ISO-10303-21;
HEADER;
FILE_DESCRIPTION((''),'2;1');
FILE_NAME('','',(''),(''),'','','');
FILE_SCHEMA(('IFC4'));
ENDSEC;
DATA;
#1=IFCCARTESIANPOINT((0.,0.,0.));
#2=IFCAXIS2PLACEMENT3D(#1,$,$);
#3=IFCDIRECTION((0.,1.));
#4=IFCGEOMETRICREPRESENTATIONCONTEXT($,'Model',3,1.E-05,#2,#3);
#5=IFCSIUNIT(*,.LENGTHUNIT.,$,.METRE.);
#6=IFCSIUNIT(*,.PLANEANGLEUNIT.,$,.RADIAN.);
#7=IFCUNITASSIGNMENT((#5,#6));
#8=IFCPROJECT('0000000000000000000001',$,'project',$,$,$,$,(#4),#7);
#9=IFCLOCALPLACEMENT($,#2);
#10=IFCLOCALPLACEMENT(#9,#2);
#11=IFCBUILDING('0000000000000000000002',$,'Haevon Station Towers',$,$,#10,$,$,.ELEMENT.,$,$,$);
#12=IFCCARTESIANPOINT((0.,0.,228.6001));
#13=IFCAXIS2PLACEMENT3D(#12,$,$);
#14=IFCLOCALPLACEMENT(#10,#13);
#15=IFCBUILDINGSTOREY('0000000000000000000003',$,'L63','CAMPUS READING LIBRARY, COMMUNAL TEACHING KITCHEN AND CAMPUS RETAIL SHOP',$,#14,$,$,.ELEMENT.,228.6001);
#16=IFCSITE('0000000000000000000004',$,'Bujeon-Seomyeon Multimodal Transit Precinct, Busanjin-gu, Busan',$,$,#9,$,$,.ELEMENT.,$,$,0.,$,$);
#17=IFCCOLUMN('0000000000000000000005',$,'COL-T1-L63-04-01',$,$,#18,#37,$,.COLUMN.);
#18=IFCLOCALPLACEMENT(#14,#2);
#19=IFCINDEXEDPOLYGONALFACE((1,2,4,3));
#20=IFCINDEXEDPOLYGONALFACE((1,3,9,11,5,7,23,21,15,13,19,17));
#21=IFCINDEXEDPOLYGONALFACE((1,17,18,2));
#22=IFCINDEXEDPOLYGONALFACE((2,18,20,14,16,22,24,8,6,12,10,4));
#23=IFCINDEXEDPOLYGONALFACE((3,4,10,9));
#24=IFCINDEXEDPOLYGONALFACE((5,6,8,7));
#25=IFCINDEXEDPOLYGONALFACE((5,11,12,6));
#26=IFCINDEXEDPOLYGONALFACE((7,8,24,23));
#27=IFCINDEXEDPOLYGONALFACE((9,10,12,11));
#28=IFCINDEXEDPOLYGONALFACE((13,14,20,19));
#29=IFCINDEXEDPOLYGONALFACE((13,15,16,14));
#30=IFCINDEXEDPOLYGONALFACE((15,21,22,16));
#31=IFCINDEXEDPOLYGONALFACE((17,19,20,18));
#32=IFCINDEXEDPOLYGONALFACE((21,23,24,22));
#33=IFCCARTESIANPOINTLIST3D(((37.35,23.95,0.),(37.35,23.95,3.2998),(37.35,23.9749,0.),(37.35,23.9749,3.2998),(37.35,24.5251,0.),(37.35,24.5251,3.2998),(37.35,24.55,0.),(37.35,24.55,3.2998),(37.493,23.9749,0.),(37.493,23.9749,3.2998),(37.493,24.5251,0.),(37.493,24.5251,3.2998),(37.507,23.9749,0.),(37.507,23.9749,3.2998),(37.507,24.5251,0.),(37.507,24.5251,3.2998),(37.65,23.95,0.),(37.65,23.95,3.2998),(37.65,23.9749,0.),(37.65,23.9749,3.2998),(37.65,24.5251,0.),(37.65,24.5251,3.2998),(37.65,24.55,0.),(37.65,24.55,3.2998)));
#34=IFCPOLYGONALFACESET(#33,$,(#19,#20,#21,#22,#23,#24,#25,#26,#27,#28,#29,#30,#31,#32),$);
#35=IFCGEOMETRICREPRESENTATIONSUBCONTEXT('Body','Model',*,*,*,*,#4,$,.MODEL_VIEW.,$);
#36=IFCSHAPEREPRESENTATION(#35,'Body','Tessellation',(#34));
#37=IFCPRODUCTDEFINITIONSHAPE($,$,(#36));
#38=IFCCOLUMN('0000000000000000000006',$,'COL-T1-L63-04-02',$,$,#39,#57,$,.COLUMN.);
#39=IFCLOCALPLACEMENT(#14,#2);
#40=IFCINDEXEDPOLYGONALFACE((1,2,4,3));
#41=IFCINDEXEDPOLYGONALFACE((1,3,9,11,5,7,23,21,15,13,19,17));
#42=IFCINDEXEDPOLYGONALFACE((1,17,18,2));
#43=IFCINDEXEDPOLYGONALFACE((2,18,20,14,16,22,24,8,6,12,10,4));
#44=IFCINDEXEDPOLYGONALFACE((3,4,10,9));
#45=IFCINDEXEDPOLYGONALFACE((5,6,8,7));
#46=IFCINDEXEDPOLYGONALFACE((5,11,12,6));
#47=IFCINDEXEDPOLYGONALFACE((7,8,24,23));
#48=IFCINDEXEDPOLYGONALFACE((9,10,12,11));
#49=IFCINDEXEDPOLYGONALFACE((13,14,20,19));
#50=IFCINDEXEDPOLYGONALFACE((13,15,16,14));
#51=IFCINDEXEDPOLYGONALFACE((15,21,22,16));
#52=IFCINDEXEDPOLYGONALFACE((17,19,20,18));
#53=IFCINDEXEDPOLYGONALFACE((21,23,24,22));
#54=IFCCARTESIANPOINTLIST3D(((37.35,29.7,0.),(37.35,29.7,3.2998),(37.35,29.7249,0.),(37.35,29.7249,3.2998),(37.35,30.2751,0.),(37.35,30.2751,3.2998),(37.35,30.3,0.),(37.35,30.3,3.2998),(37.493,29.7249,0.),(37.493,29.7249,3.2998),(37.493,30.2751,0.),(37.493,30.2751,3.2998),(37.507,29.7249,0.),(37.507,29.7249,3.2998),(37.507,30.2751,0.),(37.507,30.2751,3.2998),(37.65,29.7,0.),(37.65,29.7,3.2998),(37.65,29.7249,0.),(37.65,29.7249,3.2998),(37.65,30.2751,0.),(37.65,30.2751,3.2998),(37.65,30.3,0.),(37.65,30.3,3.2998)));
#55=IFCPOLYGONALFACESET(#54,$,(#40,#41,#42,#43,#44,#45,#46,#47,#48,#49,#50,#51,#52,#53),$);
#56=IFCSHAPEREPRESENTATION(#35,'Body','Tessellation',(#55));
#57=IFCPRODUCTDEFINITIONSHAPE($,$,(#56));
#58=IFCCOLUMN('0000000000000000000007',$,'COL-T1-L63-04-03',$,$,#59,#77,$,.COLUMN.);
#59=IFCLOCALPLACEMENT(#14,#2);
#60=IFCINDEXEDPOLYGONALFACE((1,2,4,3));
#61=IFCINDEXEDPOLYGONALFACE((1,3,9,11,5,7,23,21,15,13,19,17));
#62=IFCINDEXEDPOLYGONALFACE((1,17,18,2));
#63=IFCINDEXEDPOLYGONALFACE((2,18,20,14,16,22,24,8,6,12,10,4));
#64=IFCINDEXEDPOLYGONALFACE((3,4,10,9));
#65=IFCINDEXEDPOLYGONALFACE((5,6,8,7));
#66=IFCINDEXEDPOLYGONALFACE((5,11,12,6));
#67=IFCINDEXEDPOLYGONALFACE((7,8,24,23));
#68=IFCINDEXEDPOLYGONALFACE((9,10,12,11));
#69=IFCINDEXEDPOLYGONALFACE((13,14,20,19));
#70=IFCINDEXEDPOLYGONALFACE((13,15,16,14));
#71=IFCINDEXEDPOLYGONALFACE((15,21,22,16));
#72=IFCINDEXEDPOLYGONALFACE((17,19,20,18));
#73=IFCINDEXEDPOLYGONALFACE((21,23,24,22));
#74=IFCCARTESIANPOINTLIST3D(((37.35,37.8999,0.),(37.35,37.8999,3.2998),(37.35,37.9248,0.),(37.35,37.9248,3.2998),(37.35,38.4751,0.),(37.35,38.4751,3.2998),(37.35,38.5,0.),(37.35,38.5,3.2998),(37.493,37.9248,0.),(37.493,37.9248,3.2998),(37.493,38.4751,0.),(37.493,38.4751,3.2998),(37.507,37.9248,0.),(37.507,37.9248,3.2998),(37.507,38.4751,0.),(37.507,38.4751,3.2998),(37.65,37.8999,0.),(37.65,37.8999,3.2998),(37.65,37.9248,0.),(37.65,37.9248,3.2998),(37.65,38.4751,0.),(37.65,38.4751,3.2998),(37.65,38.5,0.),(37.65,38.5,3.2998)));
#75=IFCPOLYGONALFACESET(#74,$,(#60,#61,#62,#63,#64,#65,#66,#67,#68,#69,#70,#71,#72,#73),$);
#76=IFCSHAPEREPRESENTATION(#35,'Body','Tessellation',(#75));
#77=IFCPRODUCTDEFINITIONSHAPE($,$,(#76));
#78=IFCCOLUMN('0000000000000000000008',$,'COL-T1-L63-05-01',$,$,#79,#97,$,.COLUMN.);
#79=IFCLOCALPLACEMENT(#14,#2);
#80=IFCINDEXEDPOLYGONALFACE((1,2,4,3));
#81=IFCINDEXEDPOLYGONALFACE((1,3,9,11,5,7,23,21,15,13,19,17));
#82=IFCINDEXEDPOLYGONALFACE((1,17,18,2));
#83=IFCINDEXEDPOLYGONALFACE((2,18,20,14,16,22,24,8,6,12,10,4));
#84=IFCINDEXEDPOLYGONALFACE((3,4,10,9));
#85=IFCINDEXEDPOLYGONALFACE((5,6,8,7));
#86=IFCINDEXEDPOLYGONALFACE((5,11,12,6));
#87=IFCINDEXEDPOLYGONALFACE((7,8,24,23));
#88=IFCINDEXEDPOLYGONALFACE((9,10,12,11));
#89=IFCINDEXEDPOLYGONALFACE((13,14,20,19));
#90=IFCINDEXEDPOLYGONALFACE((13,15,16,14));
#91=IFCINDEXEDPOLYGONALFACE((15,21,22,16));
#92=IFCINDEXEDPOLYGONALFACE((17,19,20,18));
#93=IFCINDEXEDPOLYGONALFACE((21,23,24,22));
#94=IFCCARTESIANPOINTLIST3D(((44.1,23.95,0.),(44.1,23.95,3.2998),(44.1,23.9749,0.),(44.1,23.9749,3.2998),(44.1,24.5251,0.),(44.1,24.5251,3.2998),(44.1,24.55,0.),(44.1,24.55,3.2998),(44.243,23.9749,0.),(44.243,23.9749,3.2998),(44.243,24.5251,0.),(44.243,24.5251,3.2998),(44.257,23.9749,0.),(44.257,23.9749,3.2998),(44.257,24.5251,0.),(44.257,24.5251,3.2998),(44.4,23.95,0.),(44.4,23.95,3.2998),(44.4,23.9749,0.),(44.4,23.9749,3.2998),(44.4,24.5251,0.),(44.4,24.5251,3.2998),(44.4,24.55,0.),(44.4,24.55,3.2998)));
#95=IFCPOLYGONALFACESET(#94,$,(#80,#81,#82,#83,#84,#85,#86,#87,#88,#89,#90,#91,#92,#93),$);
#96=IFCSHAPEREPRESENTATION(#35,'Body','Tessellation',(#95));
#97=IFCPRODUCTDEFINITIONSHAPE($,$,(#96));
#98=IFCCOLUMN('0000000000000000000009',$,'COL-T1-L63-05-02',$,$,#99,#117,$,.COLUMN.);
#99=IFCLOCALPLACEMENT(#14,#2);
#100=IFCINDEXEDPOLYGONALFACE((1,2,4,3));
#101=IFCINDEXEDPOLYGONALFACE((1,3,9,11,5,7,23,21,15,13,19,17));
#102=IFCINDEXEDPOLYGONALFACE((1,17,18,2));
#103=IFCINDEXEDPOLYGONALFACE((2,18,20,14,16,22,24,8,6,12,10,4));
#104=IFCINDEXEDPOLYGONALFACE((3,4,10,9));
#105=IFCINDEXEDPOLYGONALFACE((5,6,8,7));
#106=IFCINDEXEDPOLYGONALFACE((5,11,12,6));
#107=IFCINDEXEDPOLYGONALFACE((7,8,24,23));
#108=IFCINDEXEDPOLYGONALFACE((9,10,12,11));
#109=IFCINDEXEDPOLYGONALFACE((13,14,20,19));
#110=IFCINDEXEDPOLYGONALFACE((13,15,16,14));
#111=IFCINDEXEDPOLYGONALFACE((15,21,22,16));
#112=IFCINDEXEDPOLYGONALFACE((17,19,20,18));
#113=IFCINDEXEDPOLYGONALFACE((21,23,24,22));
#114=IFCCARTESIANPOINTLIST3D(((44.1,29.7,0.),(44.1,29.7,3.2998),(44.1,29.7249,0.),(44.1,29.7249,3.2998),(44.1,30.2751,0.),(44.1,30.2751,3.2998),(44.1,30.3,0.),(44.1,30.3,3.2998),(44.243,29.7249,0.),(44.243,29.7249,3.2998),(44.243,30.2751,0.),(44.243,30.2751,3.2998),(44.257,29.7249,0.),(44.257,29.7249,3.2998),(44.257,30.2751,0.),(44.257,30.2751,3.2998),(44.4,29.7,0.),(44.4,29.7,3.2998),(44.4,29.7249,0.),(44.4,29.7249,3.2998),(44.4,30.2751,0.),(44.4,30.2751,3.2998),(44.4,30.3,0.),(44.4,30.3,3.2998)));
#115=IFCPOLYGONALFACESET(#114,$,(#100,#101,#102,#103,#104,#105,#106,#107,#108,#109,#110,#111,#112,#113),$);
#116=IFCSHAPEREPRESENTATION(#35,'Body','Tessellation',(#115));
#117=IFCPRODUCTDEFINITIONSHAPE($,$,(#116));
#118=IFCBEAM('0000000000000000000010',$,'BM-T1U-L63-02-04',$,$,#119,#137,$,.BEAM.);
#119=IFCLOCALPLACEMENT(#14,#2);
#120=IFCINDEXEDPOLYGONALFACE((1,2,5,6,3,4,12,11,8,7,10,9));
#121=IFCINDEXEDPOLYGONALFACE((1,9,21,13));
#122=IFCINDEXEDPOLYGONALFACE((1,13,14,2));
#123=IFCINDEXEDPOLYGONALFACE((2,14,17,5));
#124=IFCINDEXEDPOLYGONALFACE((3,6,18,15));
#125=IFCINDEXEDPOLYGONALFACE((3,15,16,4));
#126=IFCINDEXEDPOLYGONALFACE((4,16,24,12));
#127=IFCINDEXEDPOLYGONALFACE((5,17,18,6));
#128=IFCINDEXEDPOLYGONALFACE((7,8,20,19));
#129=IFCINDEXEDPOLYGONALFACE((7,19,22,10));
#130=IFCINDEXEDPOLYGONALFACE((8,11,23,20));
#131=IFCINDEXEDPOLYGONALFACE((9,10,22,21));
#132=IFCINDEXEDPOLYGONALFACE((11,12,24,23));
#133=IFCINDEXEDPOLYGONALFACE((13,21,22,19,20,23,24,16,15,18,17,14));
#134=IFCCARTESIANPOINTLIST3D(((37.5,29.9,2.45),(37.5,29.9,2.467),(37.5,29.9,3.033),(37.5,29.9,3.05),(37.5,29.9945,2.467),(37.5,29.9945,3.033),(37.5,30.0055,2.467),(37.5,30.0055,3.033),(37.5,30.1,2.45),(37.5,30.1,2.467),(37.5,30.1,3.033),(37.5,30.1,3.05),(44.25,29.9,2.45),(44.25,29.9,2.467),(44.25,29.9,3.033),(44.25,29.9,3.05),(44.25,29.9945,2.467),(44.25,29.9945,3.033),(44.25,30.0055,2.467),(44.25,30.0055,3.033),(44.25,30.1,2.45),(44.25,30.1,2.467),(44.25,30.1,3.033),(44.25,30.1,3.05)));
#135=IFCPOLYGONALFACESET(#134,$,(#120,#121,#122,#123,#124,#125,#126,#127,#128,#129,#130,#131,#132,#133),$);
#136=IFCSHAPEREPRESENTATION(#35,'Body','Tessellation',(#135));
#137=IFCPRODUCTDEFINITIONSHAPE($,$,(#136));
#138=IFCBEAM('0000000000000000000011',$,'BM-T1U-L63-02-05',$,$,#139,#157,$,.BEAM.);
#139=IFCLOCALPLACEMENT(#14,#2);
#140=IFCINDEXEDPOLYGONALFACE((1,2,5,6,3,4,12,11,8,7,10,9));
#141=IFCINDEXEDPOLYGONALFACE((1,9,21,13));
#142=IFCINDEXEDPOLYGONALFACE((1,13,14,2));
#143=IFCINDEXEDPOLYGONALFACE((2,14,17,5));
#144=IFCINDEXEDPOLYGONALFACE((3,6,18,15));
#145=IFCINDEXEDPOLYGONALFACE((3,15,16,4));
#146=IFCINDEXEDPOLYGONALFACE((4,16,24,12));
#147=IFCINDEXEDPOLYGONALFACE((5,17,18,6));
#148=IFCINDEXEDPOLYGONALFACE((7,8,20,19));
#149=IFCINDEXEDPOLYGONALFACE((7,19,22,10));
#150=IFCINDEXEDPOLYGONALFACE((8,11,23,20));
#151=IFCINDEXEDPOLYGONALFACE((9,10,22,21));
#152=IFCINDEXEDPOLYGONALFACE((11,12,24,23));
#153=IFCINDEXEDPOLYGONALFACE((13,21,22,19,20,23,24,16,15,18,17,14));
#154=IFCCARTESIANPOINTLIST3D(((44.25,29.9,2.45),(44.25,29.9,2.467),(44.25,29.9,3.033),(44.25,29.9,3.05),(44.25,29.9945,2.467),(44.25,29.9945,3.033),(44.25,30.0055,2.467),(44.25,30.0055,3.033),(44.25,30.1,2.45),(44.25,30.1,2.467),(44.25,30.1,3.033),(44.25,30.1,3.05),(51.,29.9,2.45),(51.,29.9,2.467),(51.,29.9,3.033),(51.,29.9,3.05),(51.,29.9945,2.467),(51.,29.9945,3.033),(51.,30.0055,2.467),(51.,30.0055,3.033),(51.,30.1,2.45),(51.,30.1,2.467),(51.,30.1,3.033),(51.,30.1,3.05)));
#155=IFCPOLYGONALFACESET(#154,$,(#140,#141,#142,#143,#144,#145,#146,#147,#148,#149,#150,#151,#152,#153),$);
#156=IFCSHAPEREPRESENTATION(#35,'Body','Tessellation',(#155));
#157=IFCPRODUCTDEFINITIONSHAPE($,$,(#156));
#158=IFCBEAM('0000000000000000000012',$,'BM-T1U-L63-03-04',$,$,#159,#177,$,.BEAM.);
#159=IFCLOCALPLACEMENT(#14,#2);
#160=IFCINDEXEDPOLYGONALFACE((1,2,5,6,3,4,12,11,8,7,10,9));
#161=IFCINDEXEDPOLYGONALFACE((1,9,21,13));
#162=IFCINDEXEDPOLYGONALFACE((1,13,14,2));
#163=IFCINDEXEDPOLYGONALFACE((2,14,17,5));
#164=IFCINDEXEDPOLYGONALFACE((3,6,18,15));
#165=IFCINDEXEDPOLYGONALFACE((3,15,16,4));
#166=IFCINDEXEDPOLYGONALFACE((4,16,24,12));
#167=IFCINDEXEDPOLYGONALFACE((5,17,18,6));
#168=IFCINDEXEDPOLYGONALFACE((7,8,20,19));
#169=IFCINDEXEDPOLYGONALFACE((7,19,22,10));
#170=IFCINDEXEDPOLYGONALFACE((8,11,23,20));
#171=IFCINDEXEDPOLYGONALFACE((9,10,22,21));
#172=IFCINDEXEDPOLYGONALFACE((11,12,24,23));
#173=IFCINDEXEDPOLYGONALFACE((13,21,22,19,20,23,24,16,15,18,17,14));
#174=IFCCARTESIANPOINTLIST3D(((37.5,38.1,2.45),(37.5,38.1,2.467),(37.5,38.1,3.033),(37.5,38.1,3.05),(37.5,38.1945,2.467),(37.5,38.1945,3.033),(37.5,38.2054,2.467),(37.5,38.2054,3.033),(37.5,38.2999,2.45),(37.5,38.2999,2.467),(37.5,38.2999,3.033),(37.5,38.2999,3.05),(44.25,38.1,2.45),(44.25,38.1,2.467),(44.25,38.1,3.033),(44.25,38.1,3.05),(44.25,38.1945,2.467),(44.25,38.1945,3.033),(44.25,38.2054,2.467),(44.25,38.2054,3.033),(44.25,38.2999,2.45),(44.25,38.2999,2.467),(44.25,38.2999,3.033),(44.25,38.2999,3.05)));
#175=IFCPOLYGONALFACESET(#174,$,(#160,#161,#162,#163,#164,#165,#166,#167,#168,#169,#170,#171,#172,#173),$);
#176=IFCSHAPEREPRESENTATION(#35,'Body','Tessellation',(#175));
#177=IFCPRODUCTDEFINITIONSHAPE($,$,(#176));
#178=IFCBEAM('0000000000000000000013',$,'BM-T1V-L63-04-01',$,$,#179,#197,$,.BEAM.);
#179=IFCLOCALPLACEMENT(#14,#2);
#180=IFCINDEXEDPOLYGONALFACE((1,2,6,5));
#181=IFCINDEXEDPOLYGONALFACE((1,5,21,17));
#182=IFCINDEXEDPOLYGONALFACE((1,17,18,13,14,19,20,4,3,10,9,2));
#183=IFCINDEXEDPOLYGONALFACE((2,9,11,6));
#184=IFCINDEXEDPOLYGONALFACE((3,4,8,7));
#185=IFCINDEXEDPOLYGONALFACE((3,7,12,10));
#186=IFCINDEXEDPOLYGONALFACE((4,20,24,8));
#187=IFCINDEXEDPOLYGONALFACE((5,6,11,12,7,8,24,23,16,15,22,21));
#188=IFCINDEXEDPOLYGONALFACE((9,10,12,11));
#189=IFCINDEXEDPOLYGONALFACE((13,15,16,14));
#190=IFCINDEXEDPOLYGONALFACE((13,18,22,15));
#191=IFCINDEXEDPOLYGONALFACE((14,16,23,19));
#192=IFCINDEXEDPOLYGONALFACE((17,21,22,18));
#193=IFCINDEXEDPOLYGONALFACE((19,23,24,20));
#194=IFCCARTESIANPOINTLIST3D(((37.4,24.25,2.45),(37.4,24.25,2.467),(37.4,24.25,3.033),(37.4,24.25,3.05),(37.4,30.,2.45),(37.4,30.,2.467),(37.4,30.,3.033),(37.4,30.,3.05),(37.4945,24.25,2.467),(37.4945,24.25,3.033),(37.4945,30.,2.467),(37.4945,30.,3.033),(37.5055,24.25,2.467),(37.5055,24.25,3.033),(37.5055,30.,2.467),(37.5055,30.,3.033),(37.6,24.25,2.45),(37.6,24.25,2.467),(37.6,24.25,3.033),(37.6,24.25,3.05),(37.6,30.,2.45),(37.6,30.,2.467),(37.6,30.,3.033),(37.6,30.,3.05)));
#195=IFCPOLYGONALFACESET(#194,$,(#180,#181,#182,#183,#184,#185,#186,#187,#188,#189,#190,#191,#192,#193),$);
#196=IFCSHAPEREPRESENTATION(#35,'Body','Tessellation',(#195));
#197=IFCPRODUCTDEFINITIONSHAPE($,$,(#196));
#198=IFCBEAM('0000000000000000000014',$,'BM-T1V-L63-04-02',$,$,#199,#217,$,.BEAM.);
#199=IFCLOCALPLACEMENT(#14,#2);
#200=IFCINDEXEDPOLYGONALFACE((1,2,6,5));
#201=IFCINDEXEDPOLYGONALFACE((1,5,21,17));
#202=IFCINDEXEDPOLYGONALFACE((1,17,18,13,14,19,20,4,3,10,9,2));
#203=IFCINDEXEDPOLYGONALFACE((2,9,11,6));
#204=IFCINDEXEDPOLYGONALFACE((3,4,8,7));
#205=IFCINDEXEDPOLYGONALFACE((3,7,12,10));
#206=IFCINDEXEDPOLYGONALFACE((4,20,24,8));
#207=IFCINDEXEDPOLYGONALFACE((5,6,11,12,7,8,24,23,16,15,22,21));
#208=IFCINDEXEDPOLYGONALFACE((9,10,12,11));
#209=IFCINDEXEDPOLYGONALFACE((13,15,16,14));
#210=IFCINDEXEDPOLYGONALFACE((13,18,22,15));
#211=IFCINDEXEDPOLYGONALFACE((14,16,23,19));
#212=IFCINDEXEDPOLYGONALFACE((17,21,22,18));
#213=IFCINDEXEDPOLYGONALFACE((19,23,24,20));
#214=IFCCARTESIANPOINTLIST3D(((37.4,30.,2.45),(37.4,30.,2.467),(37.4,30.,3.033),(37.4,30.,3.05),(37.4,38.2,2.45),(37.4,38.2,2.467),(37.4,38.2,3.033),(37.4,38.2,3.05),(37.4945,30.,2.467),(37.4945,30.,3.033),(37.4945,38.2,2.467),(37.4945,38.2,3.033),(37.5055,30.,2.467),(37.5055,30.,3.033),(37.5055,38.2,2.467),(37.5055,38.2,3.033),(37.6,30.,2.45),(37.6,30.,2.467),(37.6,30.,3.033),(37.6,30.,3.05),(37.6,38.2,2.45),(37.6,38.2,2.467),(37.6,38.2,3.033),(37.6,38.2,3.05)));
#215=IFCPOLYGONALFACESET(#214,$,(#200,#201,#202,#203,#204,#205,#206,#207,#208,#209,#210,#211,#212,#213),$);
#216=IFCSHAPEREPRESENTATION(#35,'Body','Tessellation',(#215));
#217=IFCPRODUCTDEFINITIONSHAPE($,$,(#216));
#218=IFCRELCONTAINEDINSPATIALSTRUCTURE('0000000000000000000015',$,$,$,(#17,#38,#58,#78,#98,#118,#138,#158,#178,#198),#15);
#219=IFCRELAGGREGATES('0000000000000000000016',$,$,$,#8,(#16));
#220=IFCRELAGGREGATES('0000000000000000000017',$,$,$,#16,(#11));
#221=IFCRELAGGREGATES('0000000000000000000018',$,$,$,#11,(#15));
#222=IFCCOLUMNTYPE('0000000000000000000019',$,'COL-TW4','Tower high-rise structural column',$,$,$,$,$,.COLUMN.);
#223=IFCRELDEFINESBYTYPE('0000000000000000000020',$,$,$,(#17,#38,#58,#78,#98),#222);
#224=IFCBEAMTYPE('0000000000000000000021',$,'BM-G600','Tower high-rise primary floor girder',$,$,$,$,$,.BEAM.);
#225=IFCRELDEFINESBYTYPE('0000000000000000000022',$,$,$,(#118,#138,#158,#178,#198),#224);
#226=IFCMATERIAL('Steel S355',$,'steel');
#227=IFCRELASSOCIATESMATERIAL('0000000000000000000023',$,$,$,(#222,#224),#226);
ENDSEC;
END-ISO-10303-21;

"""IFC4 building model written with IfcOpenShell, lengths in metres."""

from ifc_helpers import new_model, si_unit, direction, frame, origin, origin_2d, place, context, subcontext, project, spatial, i_section, extrude, material, material_profile, profile_set, type_object, element, save


model = new_model("IFC4")

# Units and contexts
model_context = context("Model", 3, precision=1e-05, world=origin(), true_north=direction((0.0, 1.0)))
body_context = subcontext(model_context, "Body", "Model", "MODEL_VIEW")
ifc_project = project(units=[si_unit("LENGTHUNIT", "METRE"), si_unit("PLANEANGLEUNIT", "RADIAN")], contexts=[model_context])

# Site, building, storey
site_placement = place(None, origin())
site = spatial("IfcSite", under=ifc_project, at=site_placement, Name="Bujeon-Seomyeon Multimodal Transit Precinct, Busanjin-gu, Busan", CompositionType="ELEMENT", RefElevation=0.0)
building_placement = place(site_placement, origin())
building = spatial("IfcBuilding", under=site, at=building_placement, Name="Haevon Station Towers", CompositionType="ELEMENT")
storey_placement = place(building_placement, frame((0.0, 0.0, 228.6001)))
storey = spatial("IfcBuildingStorey", under=building, at=storey_placement, Name="L63", Description="CAMPUS READING LIBRARY, COMMUNAL TEACHING KITCHEN AND CAMPUS RETAIL SHOP", CompositionType="ELEMENT", Elevation=228.6001)

# Columns
ifc_material_1 = material(Name="Steel S355", Category="steel")
ifc_material_profile_1 = material_profile(ifc_material_1, i_section(OverallWidth=0.3, OverallDepth=0.6001, WebThickness=0.0139, FlangeThickness=0.0249, at=origin_2d()), Name="H-600x300x14x25")
ifc_profile_set_1 = profile_set([ifc_material_profile_1], Name="Steel S355")
column_type = type_object("IfcColumnType", Name="COL-TW4", Description="Tower high-rise structural column", PredefinedType="COLUMN", material=ifc_profile_set_1)
for number, where, z_axis, x_axis, name in (
    (1, (37.5, 24.25, 0.0), (0.0, 0.0, 1.0), (1.0, 0.0, 0.0), "COL-T1-L63-04-01"),
    (2, (37.5, 30.0, 0.0), (0.0, 0.0, 1.0), (1.0, 0.0, 0.0), "COL-T1-L63-04-02"),
    (3, (37.5, 38.2, 0.0), (0.0, 0.0, 1.0), (1.0, 0.0, 0.0), "COL-T1-L63-04-03"),
    (4, (44.25, 24.25, 0.0), (0.0, 0.0, 1.0), (1.0, 0.0, 0.0), "COL-T1-L63-05-01"),
    (5, (44.25, 30.0, 0.0), (0.0, 0.0, 1.0), (1.0, 0.0, 0.0), "COL-T1-L63-05-02"),
):
    element("IfcColumn", number, at=place(storey_placement, frame(where, z_axis=z_axis, x_axis=x_axis)), inside=storey, type_object=column_type, Name=name, PredefinedType="COLUMN", context=body_context, shape_type="SweptSolid", body=[
        extrude(i_section(OverallWidth=0.3, OverallDepth=0.6001, WebThickness=0.0139, FlangeThickness=0.0249, at=origin_2d()), origin(), (0.0, 0.0, 1.0), 3.2998),
    ])

# Beams
ifc_material_profile_2 = material_profile(ifc_material_1, i_section(OverallWidth=0.2, OverallDepth=0.6001, WebThickness=0.011, FlangeThickness=0.0171, at=origin_2d()), Name="H-600x200x11x17")
ifc_profile_set_2 = profile_set([ifc_material_profile_2], Name="Steel S355")
beam_type_1 = type_object("IfcBeamType", Name="BM-G600", Description="Tower high-rise primary floor girder", PredefinedType="BEAM", material=ifc_profile_set_2)
for number, where, z_axis, x_axis, name in (
    (6, (37.5, 30.0, 2.75), (1.0, 0.0, 0.0), (0.0, 1.0, 0.0), "BM-T1U-L63-02-04"),
    (7, (44.25, 30.0, 2.75), (1.0, 0.0, 0.0), (0.0, 1.0, 0.0), "BM-T1U-L63-02-05"),
    (8, (37.5, 38.2, 2.75), (1.0, 0.0, 0.0), (0.0, 1.0, 0.0), "BM-T1U-L63-03-04"),
):
    element("IfcBeam", number, at=place(storey_placement, frame(where, z_axis=z_axis, x_axis=x_axis)), inside=storey, type_object=beam_type_1, Name=name, PredefinedType="BEAM", context=body_context, shape_type="SweptSolid", body=[
        extrude(i_section(OverallWidth=0.2, OverallDepth=0.6001, WebThickness=0.011, FlangeThickness=0.0171, at=origin_2d()), origin(), (0.0, 0.0, 1.0), 6.75),
    ])
beam_1_placement = place(storey_placement, frame((37.5, 24.25, 2.75), z_axis=(0.0, 1.0, 0.0), x_axis=(-1.0, 0.0, 0.0)))
element("IfcBeam", 9, at=beam_1_placement, inside=storey, type_object=beam_type_1, Name="BM-T1V-L63-04-01", PredefinedType="BEAM", context=body_context, shape_type="SweptSolid", body=[
    extrude(i_section(OverallWidth=0.2, OverallDepth=0.6001, WebThickness=0.011, FlangeThickness=0.0171, at=origin_2d()), origin(), (0.0, 0.0, 1.0), 5.75),
])
beam_2_placement = place(storey_placement, frame((37.5, 30.0, 2.75), z_axis=(0.0, 1.0, 0.0), x_axis=(-1.0, 0.0, 0.0)))
element("IfcBeam", 10, at=beam_2_placement, inside=storey, type_object=beam_type_1, Name="BM-T1V-L63-04-02", PredefinedType="BEAM", context=body_context, shape_type="SweptSolid", body=[
    extrude(i_section(OverallWidth=0.2, OverallDepth=0.6001, WebThickness=0.011, FlangeThickness=0.0171, at=origin_2d()), origin(), (0.0, 0.0, 1.0), 8.2),
])

save(model, "model.ifc")
